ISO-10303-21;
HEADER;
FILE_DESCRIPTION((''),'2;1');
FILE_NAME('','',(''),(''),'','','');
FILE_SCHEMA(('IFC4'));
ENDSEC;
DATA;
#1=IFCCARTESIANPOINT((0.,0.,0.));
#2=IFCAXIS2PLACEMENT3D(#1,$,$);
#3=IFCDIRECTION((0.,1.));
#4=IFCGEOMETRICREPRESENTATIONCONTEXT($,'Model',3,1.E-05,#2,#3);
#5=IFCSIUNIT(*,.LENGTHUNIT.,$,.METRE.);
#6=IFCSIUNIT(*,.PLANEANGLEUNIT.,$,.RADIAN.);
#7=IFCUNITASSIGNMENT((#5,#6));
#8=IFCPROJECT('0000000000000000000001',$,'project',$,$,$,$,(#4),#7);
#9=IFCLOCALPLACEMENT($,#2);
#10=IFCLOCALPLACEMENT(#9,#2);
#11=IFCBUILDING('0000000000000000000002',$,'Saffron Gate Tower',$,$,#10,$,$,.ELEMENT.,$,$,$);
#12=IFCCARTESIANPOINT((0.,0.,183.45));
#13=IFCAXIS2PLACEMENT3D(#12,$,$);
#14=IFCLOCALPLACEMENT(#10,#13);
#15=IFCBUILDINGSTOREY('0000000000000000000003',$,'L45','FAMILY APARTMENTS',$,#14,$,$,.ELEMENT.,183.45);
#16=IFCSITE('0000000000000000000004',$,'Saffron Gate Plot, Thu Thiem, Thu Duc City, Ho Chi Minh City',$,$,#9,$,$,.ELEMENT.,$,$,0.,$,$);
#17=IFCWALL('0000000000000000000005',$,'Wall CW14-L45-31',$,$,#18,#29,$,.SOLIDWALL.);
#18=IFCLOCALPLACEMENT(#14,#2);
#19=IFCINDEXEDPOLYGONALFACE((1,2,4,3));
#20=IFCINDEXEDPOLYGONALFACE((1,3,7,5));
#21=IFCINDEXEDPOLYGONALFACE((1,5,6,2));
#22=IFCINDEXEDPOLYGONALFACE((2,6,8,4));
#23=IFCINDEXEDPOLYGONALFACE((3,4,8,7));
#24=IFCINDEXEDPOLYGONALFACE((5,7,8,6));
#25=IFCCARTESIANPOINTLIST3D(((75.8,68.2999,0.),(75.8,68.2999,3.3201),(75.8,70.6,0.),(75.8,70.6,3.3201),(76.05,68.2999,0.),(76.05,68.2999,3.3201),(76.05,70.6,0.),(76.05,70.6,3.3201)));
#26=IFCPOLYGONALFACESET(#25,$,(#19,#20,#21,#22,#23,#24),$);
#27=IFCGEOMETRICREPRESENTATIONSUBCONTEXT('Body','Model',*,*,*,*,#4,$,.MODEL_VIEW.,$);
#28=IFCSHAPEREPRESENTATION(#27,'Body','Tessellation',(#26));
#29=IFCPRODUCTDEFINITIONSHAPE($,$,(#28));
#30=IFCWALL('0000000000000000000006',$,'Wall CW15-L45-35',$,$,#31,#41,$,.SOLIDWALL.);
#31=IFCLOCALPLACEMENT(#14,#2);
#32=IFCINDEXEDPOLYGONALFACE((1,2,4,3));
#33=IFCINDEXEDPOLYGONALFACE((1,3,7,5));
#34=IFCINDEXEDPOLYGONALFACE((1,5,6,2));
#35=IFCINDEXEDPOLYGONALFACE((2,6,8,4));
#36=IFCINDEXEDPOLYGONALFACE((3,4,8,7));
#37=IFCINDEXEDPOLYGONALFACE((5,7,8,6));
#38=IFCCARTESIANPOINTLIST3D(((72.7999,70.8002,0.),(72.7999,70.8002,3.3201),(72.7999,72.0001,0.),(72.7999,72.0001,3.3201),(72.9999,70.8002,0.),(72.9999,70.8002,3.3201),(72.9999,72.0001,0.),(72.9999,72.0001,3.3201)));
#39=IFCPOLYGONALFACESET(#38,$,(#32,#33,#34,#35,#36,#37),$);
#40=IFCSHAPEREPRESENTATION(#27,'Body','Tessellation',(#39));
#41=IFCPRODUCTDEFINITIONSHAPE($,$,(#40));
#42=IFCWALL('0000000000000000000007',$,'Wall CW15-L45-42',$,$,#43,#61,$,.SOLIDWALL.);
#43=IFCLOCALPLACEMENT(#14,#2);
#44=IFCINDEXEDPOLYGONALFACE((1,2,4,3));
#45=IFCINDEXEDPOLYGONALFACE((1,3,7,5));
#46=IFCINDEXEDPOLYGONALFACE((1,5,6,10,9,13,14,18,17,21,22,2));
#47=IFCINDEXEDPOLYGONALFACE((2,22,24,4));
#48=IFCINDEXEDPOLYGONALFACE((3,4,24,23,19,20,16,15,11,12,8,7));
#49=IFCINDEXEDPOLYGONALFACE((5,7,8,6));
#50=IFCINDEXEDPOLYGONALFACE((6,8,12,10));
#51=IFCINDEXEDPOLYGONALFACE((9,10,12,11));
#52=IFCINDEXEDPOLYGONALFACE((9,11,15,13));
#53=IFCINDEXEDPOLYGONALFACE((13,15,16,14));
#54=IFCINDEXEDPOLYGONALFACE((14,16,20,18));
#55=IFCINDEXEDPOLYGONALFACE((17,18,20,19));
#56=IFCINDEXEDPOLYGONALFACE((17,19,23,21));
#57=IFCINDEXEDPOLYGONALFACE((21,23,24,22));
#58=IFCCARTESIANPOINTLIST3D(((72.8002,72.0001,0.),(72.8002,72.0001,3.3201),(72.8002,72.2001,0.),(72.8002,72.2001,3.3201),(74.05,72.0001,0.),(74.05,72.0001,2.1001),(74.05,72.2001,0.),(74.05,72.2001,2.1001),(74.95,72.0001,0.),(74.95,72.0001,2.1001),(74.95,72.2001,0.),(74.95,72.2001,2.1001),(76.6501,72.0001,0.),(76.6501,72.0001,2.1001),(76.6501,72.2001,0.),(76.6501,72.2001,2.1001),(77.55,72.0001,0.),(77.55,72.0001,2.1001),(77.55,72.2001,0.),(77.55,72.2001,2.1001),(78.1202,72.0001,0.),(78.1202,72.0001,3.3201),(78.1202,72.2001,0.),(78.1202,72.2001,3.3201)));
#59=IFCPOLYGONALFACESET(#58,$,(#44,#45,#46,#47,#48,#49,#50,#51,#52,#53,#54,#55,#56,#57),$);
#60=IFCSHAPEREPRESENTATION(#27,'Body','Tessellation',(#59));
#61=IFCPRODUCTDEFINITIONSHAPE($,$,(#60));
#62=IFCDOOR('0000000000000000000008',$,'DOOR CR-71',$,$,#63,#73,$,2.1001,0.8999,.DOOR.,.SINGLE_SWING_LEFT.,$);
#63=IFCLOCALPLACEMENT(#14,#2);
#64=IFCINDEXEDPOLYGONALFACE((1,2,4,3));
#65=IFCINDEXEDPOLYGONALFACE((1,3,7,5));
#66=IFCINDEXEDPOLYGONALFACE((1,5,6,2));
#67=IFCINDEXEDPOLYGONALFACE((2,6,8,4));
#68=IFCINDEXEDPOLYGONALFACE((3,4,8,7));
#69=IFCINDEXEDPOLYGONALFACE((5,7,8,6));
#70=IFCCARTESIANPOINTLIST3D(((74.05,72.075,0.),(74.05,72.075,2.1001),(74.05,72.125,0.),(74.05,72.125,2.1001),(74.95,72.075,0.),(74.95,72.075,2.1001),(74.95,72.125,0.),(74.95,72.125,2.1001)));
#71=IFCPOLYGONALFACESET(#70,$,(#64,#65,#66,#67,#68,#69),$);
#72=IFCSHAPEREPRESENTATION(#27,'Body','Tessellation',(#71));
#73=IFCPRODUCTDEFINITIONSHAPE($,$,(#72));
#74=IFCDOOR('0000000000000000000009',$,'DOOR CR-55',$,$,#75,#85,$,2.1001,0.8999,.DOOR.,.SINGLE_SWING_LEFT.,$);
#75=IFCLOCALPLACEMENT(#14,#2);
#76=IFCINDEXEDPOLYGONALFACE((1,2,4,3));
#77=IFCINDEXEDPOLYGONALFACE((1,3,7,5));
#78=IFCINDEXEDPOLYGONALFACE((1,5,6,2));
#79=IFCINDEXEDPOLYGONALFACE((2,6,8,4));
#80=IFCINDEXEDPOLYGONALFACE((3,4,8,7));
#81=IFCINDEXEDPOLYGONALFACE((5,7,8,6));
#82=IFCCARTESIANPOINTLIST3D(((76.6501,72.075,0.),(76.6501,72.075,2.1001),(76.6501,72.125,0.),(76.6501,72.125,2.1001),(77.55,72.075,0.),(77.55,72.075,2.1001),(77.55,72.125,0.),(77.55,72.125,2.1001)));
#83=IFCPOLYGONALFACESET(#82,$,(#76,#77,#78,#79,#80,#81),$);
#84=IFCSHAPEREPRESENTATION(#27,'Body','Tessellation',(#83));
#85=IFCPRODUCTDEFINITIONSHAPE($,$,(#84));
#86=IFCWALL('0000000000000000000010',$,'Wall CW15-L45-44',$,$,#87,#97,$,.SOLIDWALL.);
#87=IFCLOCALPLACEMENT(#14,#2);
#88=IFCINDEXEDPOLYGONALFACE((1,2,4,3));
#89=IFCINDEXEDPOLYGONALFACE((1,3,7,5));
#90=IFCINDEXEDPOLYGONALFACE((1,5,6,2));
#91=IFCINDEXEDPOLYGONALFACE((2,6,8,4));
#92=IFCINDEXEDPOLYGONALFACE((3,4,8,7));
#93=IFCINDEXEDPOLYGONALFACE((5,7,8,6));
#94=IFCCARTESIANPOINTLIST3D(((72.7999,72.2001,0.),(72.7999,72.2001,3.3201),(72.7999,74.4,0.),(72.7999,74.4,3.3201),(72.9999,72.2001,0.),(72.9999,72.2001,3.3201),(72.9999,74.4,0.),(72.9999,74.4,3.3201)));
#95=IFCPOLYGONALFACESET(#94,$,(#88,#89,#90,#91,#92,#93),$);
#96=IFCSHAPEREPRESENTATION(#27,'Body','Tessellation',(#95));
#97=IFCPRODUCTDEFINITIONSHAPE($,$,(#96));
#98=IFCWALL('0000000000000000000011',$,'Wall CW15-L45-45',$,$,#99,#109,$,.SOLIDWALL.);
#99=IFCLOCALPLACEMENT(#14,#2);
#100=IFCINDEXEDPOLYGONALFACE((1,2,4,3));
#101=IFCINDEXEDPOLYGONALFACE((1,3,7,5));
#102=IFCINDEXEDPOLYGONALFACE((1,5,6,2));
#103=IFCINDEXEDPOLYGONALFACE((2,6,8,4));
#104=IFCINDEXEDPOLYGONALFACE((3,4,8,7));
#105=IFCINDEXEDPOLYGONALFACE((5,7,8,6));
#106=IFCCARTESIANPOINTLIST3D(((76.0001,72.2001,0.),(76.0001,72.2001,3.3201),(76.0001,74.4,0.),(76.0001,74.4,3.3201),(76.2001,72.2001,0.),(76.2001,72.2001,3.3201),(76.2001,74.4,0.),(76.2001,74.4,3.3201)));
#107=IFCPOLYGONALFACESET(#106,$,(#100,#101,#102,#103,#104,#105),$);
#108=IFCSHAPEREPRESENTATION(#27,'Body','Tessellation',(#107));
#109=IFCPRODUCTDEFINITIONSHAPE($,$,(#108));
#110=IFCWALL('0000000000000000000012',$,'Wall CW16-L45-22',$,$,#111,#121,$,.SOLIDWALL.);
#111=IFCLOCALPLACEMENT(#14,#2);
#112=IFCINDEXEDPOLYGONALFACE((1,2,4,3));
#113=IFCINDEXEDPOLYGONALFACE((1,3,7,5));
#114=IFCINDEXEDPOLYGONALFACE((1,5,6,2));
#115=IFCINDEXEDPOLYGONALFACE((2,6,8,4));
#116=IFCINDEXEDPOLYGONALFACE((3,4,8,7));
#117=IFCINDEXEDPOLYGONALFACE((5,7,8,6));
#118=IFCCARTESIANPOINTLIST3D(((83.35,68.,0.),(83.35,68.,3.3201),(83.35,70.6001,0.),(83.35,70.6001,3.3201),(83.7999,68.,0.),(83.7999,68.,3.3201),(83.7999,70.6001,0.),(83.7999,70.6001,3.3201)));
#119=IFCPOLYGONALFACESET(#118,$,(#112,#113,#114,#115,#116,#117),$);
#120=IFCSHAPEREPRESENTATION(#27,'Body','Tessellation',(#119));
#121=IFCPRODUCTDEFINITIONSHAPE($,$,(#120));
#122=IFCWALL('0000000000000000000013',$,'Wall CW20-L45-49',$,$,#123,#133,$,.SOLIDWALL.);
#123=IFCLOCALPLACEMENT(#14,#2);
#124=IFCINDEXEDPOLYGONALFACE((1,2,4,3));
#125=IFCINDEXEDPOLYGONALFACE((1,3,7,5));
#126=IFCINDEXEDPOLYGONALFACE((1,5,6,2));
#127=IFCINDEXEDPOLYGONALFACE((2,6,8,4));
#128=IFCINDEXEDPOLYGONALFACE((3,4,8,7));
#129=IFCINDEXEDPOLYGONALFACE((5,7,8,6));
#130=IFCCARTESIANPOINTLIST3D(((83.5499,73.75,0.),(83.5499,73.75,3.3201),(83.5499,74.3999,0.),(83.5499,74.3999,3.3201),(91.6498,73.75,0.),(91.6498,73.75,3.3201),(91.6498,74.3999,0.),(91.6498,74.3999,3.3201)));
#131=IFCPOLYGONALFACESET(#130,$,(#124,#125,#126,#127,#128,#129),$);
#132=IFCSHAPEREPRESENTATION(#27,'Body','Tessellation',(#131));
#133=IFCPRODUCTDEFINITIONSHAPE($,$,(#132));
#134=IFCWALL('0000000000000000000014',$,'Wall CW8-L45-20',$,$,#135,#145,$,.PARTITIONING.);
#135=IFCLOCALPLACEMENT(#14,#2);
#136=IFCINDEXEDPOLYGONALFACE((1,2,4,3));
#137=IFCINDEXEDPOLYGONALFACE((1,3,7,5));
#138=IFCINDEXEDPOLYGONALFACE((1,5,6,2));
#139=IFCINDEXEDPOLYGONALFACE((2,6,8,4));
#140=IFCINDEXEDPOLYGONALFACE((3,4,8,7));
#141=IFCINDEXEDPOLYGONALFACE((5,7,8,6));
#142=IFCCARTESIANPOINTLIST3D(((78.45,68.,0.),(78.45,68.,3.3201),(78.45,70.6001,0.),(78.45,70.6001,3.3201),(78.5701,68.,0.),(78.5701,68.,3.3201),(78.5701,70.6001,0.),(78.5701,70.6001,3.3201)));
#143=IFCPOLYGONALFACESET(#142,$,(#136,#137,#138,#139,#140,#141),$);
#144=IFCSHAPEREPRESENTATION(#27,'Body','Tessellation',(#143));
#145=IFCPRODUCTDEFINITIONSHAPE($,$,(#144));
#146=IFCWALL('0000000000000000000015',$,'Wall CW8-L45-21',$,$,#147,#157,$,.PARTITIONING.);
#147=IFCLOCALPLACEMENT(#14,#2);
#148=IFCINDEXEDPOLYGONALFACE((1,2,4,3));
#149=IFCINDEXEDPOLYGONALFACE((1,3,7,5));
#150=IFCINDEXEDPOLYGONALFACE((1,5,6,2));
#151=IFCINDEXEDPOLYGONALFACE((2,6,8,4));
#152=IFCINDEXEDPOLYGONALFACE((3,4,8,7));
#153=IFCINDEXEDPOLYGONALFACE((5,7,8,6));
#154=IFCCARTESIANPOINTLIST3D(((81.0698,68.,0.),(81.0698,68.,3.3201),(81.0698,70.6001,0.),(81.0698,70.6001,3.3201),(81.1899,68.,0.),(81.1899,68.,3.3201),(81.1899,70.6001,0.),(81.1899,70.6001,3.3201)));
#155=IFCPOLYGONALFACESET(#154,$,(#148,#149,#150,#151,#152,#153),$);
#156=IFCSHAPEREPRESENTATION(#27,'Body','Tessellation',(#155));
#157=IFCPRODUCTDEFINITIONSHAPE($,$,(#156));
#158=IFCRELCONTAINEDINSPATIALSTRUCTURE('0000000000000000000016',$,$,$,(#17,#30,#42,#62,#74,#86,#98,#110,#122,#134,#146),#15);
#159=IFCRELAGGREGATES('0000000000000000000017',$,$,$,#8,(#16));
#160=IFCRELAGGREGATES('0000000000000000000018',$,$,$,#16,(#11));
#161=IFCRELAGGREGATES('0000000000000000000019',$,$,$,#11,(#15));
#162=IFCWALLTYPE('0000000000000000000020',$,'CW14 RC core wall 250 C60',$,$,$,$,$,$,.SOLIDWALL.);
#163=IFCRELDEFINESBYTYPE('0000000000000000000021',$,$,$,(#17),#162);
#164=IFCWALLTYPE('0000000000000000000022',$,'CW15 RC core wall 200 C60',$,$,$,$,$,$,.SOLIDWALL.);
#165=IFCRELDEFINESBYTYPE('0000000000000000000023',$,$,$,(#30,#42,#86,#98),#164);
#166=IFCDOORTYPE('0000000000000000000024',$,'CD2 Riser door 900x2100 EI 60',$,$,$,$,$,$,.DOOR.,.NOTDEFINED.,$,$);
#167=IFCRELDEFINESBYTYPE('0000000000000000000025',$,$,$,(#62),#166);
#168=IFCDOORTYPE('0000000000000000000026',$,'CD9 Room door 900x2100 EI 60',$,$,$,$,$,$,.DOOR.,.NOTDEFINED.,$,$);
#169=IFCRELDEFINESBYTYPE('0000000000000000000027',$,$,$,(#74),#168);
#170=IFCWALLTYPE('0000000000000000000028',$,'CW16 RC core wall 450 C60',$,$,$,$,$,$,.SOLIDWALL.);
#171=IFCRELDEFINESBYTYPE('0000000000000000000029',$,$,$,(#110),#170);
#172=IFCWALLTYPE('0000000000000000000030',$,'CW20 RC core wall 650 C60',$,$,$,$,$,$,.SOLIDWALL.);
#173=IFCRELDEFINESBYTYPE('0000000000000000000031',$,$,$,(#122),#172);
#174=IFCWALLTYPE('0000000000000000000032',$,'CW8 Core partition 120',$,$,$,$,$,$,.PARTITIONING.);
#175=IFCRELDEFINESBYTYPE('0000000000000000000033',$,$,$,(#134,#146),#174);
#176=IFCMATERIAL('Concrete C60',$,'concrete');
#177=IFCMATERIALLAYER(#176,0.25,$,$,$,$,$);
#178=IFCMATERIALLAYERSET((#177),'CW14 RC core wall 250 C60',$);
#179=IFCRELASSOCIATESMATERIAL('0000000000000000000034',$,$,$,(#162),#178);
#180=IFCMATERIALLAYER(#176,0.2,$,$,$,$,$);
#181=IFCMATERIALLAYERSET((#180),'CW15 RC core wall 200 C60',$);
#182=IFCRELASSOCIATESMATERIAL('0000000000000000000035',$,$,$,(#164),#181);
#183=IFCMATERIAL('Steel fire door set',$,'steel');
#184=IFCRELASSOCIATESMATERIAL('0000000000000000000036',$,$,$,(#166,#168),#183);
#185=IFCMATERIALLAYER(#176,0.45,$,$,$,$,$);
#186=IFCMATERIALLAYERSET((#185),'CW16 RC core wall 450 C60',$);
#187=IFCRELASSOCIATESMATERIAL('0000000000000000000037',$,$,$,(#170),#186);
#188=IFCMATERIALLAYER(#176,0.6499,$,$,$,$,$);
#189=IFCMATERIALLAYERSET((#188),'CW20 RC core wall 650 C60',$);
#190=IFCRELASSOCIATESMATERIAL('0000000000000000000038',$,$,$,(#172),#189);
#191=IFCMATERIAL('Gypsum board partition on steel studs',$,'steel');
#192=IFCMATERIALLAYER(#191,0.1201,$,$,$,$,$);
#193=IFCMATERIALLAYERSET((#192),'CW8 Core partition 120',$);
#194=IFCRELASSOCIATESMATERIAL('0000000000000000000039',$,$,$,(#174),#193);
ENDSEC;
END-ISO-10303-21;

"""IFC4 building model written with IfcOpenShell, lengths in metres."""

from ifc_helpers import new_model, si_unit, direction, frame, frame_2d, origin, place, context, subcontext, project, spatial, rectangle, extrude, material, layer, layer_set, type_object, element, fill, save


model = new_model("IFC4")

# Units and contexts
model_context = context("Model", 3, precision=1e-05, world=origin(), true_north=direction((0.0, 1.0)))
body_context = subcontext(model_context, "Body", "Model", "MODEL_VIEW")
ifc_project = project(units=[si_unit("LENGTHUNIT", "METRE"), si_unit("PLANEANGLEUNIT", "RADIAN")], contexts=[model_context])

# Site, building, storey
site_placement = place(None, origin())
site = spatial("IfcSite", under=ifc_project, at=site_placement, Name="Saffron Gate Plot, Thu Thiem, Thu Duc City, Ho Chi Minh City", CompositionType="ELEMENT", RefElevation=0.0)
building_placement = place(site_placement, origin())
building = spatial("IfcBuilding", under=site, at=building_placement, Name="Saffron Gate Tower", CompositionType="ELEMENT")
storey_placement = place(building_placement, frame((0.0, 0.0, 183.45)))
storey = spatial("IfcBuildingStorey", under=building, at=storey_placement, Name="L45", Description="FAMILY APARTMENTS", CompositionType="ELEMENT", Elevation=183.45)

# Walls
ifc_material_1 = material(Name="Concrete C60", Category="concrete")
ifc_layer_1 = layer(ifc_material_1, 0.25)
ifc_layer_set_1 = layer_set([ifc_layer_1], Name="CW14 RC core wall 250 C60")
wall_type_1 = type_object("IfcWallType", Name="CW14 RC core wall 250 C60", PredefinedType="SOLIDWALL", material=ifc_layer_set_1)
wall_1_placement = place(storey_placement, frame((75.925, 68.3, 0.0), z_axis=(0.0, 0.0, 1.0), x_axis=(0.0, 1.0, 0.0)))
element("IfcWall", 1, at=wall_1_placement, inside=storey, type_object=wall_type_1, Name="Wall CW14-L45-31", PredefinedType="SOLIDWALL", context=body_context, shape_type="SweptSolid", body=[
    extrude(rectangle(XDim=2.3, YDim=0.25, at=frame_2d((1.1499, 0.0))), origin(), (0.0, 0.0, 1.0), 3.3201),
])
ifc_layer_2 = layer(ifc_material_1, 0.2)
ifc_layer_set_2 = layer_set([ifc_layer_2], Name="CW15 RC core wall 200 C60")
wall_type_2 = type_object("IfcWallType", Name="CW15 RC core wall 200 C60", PredefinedType="SOLIDWALL", material=ifc_layer_set_2)
wall_2_placement = place(storey_placement, frame((72.8999, 70.8, 0.0), z_axis=(0.0, 0.0, 1.0), x_axis=(0.0, 1.0, 0.0)))
element("IfcWall", 2, at=wall_2_placement, inside=storey, type_object=wall_type_2, Name="Wall CW15-L45-35", PredefinedType="SOLIDWALL", context=body_context, shape_type="SweptSolid", body=[
    extrude(rectangle(XDim=1.2, YDim=0.2, at=frame_2d((0.6001, 0.0))), origin(), (0.0, 0.0, 1.0), 3.3201),
])

# Wall, openings, doors
wall_3_placement = place(storey_placement, frame((72.8, 72.1001, 0.0), z_axis=(0.0, 0.0, 1.0), x_axis=(1.0, 0.0, 0.0)))
wall_3 = element("IfcWall", 3, at=wall_3_placement, inside=storey, type_object=wall_type_2, Name="Wall CW15-L45-42", PredefinedType="SOLIDWALL", context=body_context, shape_type="SweptSolid", body=[
    extrude(rectangle(XDim=5.3201, YDim=0.2, at=frame_2d((2.6602, 0.0))), origin(), (0.0, 0.0, 1.0), 3.3201),
])
opening_1_placement = place(wall_3_placement, frame((1.25, 0.0, 0.0)))
opening_1 = element("IfcOpeningElement", 4, at=opening_1_placement, cuts=wall_3, PredefinedType="OPENING", context=body_context, shape_type="SweptSolid", body=[
    extrude(rectangle(XDim=0.8999, YDim=2.1001, at=frame_2d((0.45, 1.05))), frame((0.0, 0.1099, 0.0), z_axis=(0.0, -1.0, 0.0), x_axis=(1.0, 0.0, 0.0)), (0.0, 0.0, 1.0), 0.22),
])
opening_2_placement = place(wall_3_placement, frame((3.8501, 0.0, 0.0)))
opening_2 = element("IfcOpeningElement", 5, at=opening_2_placement, cuts=wall_3, PredefinedType="OPENING", context=body_context, shape_type="SweptSolid", body=[
    extrude(rectangle(XDim=0.8999, YDim=2.1001, at=frame_2d((0.45, 1.05))), frame((0.0, 0.1099, 0.0), z_axis=(0.0, -1.0, 0.0), x_axis=(1.0, 0.0, 0.0)), (0.0, 0.0, 1.0), 0.22),
])
ifc_material_2 = material(Name="Steel fire door set", Category="steel")
door_type_1 = type_object("IfcDoorType", Name="CD2 Riser door 900x2100 EI 60", OperationType="NOTDEFINED", PredefinedType="DOOR", material=ifc_material_2)
door_1_placement = place(opening_1_placement, origin())
door_1 = element("IfcDoor", 6, at=door_1_placement, inside=storey, type_object=door_type_1, Name="DOOR CR-71", OperationType="SINGLE_SWING_LEFT", OverallHeight=2.1001, OverallWidth=0.8999, PredefinedType="DOOR", context=body_context, shape_type="SweptSolid", body=[
    extrude(rectangle(XDim=0.8999, YDim=2.1001, at=frame_2d((0.45, 1.05))), frame((0.0, 0.0249, 0.0), z_axis=(0.0, -1.0, 0.0), x_axis=(1.0, 0.0, 0.0)), (0.0, 0.0, 1.0), 0.05),
])
fill(opening_1, door_1)
door_type_2 = type_object("IfcDoorType", Name="CD9 Room door 900x2100 EI 60", OperationType="NOTDEFINED", PredefinedType="DOOR", material=ifc_material_2)
door_2_placement = place(opening_2_placement, origin())
door_2 = element("IfcDoor", 7, at=door_2_placement, inside=storey, type_object=door_type_2, Name="DOOR CR-55", OperationType="SINGLE_SWING_LEFT", OverallHeight=2.1001, OverallWidth=0.8999, PredefinedType="DOOR", context=body_context, shape_type="SweptSolid", body=[
    extrude(rectangle(XDim=0.8999, YDim=2.1001, at=frame_2d((0.45, 1.05))), frame((0.0, 0.0249, 0.0), z_axis=(0.0, -1.0, 0.0), x_axis=(1.0, 0.0, 0.0)), (0.0, 0.0, 1.0), 0.05),
])
fill(opening_2, door_2)

# Walls
for number, where, z_axis, x_axis, name in (
    (8, (72.8999, 72.2, 0.0), (0.0, 0.0, 1.0), (0.0, 1.0, 0.0), "Wall CW15-L45-44"),
    (9, (76.1001, 72.2, 0.0), (0.0, 0.0, 1.0), (0.0, 1.0, 0.0), "Wall CW15-L45-45"),
):
    element("IfcWall", number, at=place(storey_placement, frame(where, z_axis=z_axis, x_axis=x_axis)), inside=storey, type_object=wall_type_2, Name=name, PredefinedType="SOLIDWALL", context=body_context, shape_type="SweptSolid", body=[
        extrude(rectangle(XDim=2.2, YDim=0.2, at=frame_2d((1.1001, 0.0))), origin(), (0.0, 0.0, 1.0), 3.3201),
    ])
ifc_layer_3 = layer(ifc_material_1, 0.45)
ifc_layer_set_3 = layer_set([ifc_layer_3], Name="CW16 RC core wall 450 C60")
wall_type_3 = type_object("IfcWallType", Name="CW16 RC core wall 450 C60", PredefinedType="SOLIDWALL", material=ifc_layer_set_3)
wall_4_placement = place(storey_placement, frame((83.575, 68.0, 0.0), z_axis=(0.0, 0.0, 1.0), x_axis=(0.0, 1.0, 0.0)))
element("IfcWall", 10, at=wall_4_placement, inside=storey, type_object=wall_type_3, Name="Wall CW16-L45-22", PredefinedType="SOLIDWALL", context=body_context, shape_type="SweptSolid", body=[
    extrude(rectangle(XDim=2.6001, YDim=0.45, at=frame_2d((1.3, 0.0))), origin(), (0.0, 0.0, 1.0), 3.3201),
])
ifc_layer_4 = layer(ifc_material_1, 0.6499)
ifc_layer_set_4 = layer_set([ifc_layer_4], Name="CW20 RC core wall 650 C60")
wall_type_4 = type_object("IfcWallType", Name="CW20 RC core wall 650 C60", PredefinedType="SOLIDWALL", material=ifc_layer_set_4)
wall_5_placement = place(storey_placement, frame((83.55, 74.075, 0.0), z_axis=(0.0, 0.0, 1.0), x_axis=(1.0, 0.0, 0.0)))
element("IfcWall", 11, at=wall_5_placement, inside=storey, type_object=wall_type_4, Name="Wall CW20-L45-49", PredefinedType="SOLIDWALL", context=body_context, shape_type="SweptSolid", body=[
    extrude(rectangle(XDim=8.0999, YDim=0.6499, at=frame_2d((4.0498, 0.0))), origin(), (0.0, 0.0, 1.0), 3.3201),
])
ifc_material_3 = material(Name="Gypsum board partition on steel studs", Category="steel")
ifc_layer_5 = layer(ifc_material_3, 0.1201)
ifc_layer_set_5 = layer_set([ifc_layer_5], Name="CW8 Core partition 120")
wall_type_5 = type_object("IfcWallType", Name="CW8 Core partition 120", PredefinedType="PARTITIONING", material=ifc_layer_set_5)
for number, where, z_axis, x_axis, name in (
    (12, (78.51, 68.0, 0.0), (0.0, 0.0, 1.0), (0.0, 1.0, 0.0), "Wall CW8-L45-20"),
    (13, (81.1299, 68.0, 0.0), (0.0, 0.0, 1.0), (0.0, 1.0, 0.0), "Wall CW8-L45-21"),
):
    element("IfcWall", number, at=place(storey_placement, frame(where, z_axis=z_axis, x_axis=x_axis)), inside=storey, type_object=wall_type_5, Name=name, PredefinedType="PARTITIONING", context=body_context, shape_type="SweptSolid", body=[
        extrude(rectangle(XDim=2.6001, YDim=0.1201, at=frame_2d((1.3, 0.0))), origin(), (0.0, 0.0, 1.0), 3.3201),
    ])

save(model, "model.ifc")
